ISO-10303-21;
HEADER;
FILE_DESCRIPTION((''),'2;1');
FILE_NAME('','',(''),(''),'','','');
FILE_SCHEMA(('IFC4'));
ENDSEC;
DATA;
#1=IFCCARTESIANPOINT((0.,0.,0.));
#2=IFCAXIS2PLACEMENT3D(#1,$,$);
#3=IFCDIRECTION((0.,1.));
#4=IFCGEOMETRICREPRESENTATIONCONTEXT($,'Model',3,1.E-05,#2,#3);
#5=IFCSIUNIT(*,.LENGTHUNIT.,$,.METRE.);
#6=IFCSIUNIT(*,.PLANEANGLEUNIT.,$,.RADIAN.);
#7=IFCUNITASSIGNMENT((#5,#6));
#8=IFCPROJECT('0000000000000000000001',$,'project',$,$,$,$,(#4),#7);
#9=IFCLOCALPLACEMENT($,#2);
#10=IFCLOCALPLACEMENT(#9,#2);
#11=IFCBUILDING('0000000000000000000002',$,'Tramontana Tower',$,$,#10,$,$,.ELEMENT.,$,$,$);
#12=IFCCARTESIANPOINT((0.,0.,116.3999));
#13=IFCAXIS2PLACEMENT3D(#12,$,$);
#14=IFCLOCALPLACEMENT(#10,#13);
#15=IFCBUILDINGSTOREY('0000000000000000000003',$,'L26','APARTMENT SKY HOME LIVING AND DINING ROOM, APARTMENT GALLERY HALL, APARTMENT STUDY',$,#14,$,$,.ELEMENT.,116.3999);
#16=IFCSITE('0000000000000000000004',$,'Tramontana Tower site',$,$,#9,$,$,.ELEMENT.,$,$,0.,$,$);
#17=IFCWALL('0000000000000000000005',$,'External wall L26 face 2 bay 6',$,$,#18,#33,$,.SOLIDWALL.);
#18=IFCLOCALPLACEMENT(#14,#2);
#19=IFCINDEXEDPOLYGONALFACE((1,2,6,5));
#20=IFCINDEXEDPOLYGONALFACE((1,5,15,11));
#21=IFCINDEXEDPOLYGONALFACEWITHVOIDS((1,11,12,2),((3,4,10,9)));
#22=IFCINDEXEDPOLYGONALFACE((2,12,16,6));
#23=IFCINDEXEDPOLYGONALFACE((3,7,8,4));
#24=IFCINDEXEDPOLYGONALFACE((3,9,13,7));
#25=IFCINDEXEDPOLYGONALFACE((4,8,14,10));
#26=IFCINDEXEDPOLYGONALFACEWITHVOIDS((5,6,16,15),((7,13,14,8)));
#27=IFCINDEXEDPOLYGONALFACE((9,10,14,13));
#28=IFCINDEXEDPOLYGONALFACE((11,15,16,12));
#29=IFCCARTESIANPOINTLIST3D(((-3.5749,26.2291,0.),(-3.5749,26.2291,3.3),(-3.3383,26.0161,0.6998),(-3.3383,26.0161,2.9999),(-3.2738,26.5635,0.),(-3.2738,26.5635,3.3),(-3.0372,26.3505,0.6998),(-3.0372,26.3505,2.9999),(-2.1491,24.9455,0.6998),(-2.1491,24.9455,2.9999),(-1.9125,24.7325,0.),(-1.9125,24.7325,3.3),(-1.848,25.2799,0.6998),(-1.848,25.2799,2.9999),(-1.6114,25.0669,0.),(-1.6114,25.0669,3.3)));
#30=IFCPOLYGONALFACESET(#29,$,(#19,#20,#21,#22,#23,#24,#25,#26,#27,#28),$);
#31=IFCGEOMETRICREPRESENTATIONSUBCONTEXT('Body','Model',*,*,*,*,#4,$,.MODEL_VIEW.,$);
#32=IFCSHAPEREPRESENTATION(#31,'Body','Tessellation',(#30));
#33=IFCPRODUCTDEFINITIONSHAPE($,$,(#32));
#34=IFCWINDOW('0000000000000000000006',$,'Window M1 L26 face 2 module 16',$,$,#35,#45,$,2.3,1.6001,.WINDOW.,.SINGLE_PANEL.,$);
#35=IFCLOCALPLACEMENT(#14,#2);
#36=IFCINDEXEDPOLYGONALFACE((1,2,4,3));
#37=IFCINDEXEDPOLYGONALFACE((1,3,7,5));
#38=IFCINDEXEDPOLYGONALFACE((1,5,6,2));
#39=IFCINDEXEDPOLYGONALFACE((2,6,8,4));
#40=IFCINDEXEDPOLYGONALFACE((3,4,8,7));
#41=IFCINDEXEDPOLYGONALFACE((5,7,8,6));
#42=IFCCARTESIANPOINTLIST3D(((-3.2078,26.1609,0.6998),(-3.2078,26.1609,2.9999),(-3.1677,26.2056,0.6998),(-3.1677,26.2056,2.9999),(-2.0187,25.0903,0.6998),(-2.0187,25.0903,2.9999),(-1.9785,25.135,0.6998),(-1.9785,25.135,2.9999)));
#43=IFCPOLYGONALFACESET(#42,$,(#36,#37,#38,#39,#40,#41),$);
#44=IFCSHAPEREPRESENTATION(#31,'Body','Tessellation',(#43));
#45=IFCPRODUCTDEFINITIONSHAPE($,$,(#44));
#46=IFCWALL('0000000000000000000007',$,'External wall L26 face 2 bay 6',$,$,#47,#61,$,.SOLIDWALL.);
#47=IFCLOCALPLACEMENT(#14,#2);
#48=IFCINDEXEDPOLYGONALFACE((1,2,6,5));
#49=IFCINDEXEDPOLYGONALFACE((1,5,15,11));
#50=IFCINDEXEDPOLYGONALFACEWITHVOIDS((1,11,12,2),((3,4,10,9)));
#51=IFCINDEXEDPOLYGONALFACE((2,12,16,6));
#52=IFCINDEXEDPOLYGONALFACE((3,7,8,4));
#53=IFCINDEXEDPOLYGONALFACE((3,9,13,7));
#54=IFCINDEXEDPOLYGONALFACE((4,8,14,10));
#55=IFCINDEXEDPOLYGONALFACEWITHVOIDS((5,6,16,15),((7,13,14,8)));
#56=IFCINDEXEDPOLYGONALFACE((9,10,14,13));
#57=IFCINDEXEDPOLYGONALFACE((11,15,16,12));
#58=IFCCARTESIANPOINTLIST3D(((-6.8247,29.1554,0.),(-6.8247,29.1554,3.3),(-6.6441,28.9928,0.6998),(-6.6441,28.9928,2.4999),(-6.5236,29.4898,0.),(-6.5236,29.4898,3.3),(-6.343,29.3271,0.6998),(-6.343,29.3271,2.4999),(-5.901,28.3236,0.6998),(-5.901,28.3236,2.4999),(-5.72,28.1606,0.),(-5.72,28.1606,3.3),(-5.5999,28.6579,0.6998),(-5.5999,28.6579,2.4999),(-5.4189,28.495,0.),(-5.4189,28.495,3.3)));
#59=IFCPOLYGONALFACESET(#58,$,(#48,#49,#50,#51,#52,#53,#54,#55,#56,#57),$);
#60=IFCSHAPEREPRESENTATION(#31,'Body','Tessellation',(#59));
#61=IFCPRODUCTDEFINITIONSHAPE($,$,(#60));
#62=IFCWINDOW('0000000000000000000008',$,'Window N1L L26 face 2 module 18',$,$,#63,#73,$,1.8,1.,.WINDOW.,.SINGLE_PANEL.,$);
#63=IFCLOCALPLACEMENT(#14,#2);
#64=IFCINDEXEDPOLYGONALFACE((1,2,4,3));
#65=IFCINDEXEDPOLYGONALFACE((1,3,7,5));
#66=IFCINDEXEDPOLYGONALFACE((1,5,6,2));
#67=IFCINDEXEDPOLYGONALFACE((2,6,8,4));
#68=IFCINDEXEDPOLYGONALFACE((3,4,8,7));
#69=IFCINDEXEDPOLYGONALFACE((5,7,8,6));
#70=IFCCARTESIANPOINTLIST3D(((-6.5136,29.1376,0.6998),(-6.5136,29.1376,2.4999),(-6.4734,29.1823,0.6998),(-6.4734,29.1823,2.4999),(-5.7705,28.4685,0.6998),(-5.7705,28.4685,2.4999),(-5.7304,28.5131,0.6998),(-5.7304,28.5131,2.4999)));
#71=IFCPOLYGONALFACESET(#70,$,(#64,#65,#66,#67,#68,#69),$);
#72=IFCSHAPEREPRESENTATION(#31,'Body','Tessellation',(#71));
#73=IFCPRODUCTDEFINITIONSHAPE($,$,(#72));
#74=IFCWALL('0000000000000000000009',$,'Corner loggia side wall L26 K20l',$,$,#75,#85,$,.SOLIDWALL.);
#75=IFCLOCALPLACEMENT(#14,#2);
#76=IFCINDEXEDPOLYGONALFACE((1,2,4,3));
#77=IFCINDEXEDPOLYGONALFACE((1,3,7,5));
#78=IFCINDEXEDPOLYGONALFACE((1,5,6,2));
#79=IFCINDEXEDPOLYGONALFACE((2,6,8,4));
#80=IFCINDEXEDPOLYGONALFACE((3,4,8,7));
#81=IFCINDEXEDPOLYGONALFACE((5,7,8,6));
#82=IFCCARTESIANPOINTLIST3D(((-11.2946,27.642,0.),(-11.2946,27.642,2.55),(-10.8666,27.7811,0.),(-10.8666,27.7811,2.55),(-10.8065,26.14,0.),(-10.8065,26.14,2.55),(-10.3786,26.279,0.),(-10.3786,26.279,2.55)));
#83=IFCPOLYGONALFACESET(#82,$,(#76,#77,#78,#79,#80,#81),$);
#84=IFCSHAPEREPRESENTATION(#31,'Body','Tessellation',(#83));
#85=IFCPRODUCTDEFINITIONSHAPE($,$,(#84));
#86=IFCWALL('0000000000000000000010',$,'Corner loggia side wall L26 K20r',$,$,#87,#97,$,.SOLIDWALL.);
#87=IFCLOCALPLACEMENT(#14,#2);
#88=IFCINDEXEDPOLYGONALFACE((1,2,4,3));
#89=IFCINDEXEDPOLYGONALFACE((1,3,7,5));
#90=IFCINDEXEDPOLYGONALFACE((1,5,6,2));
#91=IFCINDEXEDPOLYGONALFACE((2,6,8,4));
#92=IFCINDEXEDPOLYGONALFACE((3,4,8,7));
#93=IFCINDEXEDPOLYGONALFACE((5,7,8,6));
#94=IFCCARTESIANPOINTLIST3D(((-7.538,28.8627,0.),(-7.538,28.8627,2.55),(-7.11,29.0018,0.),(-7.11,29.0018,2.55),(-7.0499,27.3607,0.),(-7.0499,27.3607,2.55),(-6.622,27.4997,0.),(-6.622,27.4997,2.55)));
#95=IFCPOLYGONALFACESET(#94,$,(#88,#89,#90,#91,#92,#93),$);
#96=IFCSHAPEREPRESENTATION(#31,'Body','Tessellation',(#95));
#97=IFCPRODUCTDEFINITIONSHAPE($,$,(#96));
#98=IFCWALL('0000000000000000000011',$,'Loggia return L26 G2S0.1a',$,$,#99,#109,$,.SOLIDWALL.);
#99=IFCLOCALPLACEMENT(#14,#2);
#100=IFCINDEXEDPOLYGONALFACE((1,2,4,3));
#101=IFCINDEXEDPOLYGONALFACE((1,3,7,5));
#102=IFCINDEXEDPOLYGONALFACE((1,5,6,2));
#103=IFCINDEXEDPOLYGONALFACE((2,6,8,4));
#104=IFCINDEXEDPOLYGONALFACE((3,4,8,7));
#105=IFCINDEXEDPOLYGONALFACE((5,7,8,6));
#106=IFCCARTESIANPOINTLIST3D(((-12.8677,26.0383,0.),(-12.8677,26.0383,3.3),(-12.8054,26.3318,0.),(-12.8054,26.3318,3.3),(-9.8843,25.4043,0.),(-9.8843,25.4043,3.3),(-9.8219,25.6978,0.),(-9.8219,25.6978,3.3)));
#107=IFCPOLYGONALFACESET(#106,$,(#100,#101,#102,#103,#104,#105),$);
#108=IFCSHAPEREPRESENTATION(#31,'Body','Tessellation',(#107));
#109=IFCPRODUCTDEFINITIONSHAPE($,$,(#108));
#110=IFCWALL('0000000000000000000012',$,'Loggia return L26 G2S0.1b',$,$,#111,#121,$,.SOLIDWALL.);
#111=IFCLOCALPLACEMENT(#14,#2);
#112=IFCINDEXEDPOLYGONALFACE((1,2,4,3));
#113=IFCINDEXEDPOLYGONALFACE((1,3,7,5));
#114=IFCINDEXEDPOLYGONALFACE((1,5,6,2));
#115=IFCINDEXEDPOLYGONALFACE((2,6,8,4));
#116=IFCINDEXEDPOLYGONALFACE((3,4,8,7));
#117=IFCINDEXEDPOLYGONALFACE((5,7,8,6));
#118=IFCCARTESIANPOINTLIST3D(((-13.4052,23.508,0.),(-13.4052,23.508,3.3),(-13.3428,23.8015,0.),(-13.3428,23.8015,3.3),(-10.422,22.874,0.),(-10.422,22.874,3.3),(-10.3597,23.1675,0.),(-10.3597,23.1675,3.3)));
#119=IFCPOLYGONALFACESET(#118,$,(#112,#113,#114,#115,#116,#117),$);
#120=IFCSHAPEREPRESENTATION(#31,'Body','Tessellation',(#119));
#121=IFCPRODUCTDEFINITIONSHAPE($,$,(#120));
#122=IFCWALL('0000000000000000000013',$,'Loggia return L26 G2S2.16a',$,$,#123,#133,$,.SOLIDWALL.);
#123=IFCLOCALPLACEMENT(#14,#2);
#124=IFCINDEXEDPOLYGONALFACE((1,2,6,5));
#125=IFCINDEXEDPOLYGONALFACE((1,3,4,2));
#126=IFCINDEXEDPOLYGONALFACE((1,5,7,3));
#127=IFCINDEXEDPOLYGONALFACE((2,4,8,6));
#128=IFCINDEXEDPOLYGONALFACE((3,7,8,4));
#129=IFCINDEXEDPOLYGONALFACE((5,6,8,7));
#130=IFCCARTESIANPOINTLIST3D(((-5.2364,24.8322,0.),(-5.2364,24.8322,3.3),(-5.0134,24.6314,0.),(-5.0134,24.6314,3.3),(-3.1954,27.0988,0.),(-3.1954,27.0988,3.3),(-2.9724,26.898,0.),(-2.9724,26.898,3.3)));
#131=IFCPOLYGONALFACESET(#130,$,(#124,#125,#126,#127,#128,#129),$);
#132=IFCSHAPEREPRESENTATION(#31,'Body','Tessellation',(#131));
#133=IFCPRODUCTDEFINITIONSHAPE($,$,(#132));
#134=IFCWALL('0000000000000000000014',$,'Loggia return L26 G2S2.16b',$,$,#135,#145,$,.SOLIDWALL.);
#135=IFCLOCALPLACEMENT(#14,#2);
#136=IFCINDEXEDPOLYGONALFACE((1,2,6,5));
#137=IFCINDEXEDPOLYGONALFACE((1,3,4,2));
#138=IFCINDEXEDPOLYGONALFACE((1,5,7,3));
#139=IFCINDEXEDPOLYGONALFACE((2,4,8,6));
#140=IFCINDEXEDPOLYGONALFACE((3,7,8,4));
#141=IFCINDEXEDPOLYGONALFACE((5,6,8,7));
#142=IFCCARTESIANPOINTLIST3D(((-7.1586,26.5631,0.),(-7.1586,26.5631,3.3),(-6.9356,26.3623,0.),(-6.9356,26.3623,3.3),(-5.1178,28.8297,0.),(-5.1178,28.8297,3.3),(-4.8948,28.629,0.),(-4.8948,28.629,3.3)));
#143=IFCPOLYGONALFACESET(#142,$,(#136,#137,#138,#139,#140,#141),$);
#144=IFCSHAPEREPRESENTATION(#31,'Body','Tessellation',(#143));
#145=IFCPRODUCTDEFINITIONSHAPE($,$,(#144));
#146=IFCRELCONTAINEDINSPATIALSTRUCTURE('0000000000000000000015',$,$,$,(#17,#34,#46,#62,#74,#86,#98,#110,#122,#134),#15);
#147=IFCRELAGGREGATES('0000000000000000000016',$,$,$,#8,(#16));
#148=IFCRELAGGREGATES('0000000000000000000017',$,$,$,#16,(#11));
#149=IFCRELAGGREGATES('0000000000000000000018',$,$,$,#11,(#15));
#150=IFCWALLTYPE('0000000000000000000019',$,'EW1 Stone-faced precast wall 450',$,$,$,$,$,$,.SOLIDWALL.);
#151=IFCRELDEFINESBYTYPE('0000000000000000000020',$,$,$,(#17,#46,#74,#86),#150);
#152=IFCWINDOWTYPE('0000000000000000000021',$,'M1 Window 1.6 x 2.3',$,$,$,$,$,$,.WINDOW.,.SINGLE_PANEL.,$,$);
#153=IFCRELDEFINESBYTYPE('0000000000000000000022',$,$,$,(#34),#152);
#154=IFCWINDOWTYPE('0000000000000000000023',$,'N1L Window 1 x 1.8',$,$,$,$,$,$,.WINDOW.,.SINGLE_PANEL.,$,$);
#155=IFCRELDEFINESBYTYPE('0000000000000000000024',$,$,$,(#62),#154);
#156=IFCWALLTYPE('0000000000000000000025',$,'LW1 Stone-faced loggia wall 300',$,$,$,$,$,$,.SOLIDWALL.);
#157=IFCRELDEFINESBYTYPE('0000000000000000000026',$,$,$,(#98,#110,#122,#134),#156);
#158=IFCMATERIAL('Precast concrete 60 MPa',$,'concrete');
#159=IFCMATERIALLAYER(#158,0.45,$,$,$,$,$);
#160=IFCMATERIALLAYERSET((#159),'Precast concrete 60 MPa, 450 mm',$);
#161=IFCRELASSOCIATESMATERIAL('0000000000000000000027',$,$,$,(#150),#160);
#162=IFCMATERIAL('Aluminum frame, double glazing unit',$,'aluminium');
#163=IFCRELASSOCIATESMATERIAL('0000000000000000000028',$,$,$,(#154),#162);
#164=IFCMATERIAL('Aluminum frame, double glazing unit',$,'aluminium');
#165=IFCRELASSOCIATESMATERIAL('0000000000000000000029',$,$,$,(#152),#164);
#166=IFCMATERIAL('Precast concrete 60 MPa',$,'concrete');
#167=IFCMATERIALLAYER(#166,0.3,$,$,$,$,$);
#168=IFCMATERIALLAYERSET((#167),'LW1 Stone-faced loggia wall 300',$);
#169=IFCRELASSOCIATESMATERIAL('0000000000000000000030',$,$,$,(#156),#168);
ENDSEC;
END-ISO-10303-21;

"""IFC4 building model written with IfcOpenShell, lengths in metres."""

from ifc_helpers import new_model, si_unit, direction, frame, frame_2d, origin, place, context, subcontext, project, spatial, rectangle, extrude, material, layer, layer_set, type_object, element, fill, save


model = new_model("IFC4")

# Units and contexts
model_context = context("Model", 3, precision=1e-05, world=origin(), true_north=direction((0.0, 1.0)))
body_context = subcontext(model_context, "Body", "Model", "MODEL_VIEW")
ifc_project = project(units=[si_unit("LENGTHUNIT", "METRE"), si_unit("PLANEANGLEUNIT", "RADIAN")], contexts=[model_context])

# Site, building, storey
site_placement = place(None, origin())
site = spatial("IfcSite", under=ifc_project, at=site_placement, Name="Tramontana Tower site", CompositionType="ELEMENT", RefElevation=0.0)
building_placement = place(site_placement, origin())
building = spatial("IfcBuilding", under=site, at=building_placement, Name="Tramontana Tower", CompositionType="ELEMENT")
storey_placement = place(building_placement, frame((0.0, 0.0, 116.3999)))
storey = spatial("IfcBuildingStorey", under=building, at=storey_placement, Name="L26", Description="APARTMENT SKY HOME LIVING AND DINING ROOM, APARTMENT GALLERY HALL, APARTMENT STUDY", CompositionType="ELEMENT", Elevation=116.3999)

# Walls, openings, windows
ifc_material_1 = material(Name="Precast concrete 60 MPa", Category="concrete")
ifc_layer_1 = layer(ifc_material_1, 0.45)
ifc_layer_set_1 = layer_set([ifc_layer_1], Name="Precast concrete 60 MPa, 450 mm")
wall_type_1 = type_object("IfcWallType", Name="EW1 Stone-faced precast wall 450", PredefinedType="SOLIDWALL", material=ifc_layer_set_1)
ifc_material_2 = material(Name="Aluminum frame, double glazing unit", Category="aluminium")
window_type_1 = type_object("IfcWindowType", Name="N1L Window 1 x 1.8", PartitioningType="SINGLE_PANEL", PredefinedType="WINDOW", material=ifc_material_2)
wall_1_placement = place(storey_placement, frame((-1.762, 24.8997, 0.0), z_axis=(0.0, 0.0, 1.0), x_axis=(-0.743191, 0.669079, 0.0)))
wall_1 = element("IfcWall", 1, at=wall_1_placement, inside=storey, type_object=wall_type_1, Name="External wall L26 face 2 bay 6", PredefinedType="SOLIDWALL", context=body_context, shape_type="SweptSolid", body=[
    extrude(rectangle(XDim=2.2368, YDim=0.45, at=frame_2d((1.1184, 0.0))), origin(), (0.0, 0.0, 1.0), 3.3),
])
opening_1_placement = place(wall_1_placement, frame((0.3184, 0.0, 0.7)))
opening_1 = element("IfcOpeningElement", 2, at=opening_1_placement, cuts=wall_1, PredefinedType="OPENING", context=body_context, shape_type="SweptSolid", body=[
    extrude(rectangle(XDim=1.6001, YDim=2.3, at=frame_2d((0.8, 1.1499))), frame((0.0, 0.2349, 0.0), z_axis=(0.0, -1.0, 0.0), x_axis=(1.0, 0.0, 0.0)), (0.0, 0.0, 1.0), 0.47),
])
ifc_material_3 = material(Name="Aluminum frame, double glazing unit", Category="aluminium")
window_type_2 = type_object("IfcWindowType", Name="M1 Window 1.6 x 2.3", PartitioningType="SINGLE_PANEL", PredefinedType="WINDOW", material=ifc_material_3)
window_1_placement = place(opening_1_placement, origin())
window_1 = element("IfcWindow", 3, at=window_1_placement, inside=storey, type_object=window_type_2, Name="Window M1 L26 face 2 module 16", OverallHeight=2.3, OverallWidth=1.6001, PartitioningType="SINGLE_PANEL", PredefinedType="WINDOW", context=body_context, shape_type="SweptSolid", body=[
    extrude(rectangle(XDim=1.6001, YDim=2.3, at=frame_2d((0.8, 1.1499))), frame((0.0, 0.03, 0.0), z_axis=(0.0, -1.0, 0.0), x_axis=(1.0, 0.0, 0.0)), (0.0, 0.0, 1.0), 0.0601),
])
fill(opening_1, window_1)
wall_2_placement = place(storey_placement, frame((-5.5696, 28.3279, 0.0), z_axis=(0.0, 0.0, 1.0), x_axis=(-0.74309, 0.669192, 0.0)))
wall_2 = element("IfcWall", 4, at=wall_2_placement, inside=storey, type_object=wall_type_1, Name="External wall L26 face 2 bay 6", PredefinedType="SOLIDWALL", context=body_context, shape_type="SweptSolid", body=[
    extrude(rectangle(XDim=1.4866, YDim=0.45, at=frame_2d((0.7432, 0.0))), origin(), (0.0, 0.0, 1.0), 3.3),
])
opening_2_placement = place(wall_2_placement, frame((0.2434, 0.0, 0.7)))
opening_2 = element("IfcOpeningElement", 5, at=opening_2_placement, cuts=wall_2, PredefinedType="OPENING", context=body_context, shape_type="SweptSolid", body=[
    extrude(rectangle(XDim=1.0, YDim=1.8, at=frame_2d((0.5, 0.8999))), frame((0.0, 0.2349, 0.0), z_axis=(0.0, -1.0, 0.0), x_axis=(1.0, 0.0, 0.0)), (0.0, 0.0, 1.0), 0.47),
])
window_2_placement = place(opening_2_placement, origin())
window_2 = element("IfcWindow", 6, at=window_2_placement, inside=storey, type_object=window_type_1, Name="Window N1L L26 face 2 module 18", OverallHeight=1.8, OverallWidth=1.0, PartitioningType="SINGLE_PANEL", PredefinedType="WINDOW", context=body_context, shape_type="SweptSolid", body=[
    extrude(rectangle(XDim=1.0, YDim=1.8, at=frame_2d((0.5, 0.8999))), frame((0.0, 0.03, 0.0), z_axis=(0.0, -1.0, 0.0), x_axis=(1.0, 0.0, 0.0)), (0.0, 0.0, 1.0), 0.0601),
])
fill(opening_2, window_2)

# Walls
for number, where, z_axis, x_axis, name in (
    (7, (-11.0806, 27.7114, 0.0), (0.0, 0.0, 1.0), (0.30903, -0.951052, 0.0), "Corner loggia side wall L26 K20l"),
    (8, (-7.324, 28.9321, 0.0), (0.0, 0.0, 1.0), (0.30903, -0.951052, 0.0), "Corner loggia side wall L26 K20r"),
):
    element("IfcWall", number, at=place(storey_placement, frame(where, z_axis=z_axis, x_axis=x_axis)), inside=storey, type_object=wall_type_1, Name=name, PredefinedType="SOLIDWALL", context=body_context, shape_type="SweptSolid", body=[
        extrude(rectangle(XDim=1.5793, YDim=0.45, at=frame_2d((0.7896, 0.0))), origin(), (0.0, 0.0, 1.0), 2.55),
    ])

# Shared definitions
ifc_material_4 = material(Name="Precast concrete 60 MPa", Category="concrete")
ifc_layer_2 = layer(ifc_material_4, 0.3)
ifc_layer_set_2 = layer_set([ifc_layer_2], Name="LW1 Stone-faced loggia wall 300")
wall_type_2 = type_object("IfcWallType", Name="LW1 Stone-faced loggia wall 300", PredefinedType="SOLIDWALL", material=ifc_layer_set_2)

# Walls
wall_3_placement = place(storey_placement, frame((-12.8364, 26.1851, 0.0), z_axis=(0.0, 0.0, 1.0), x_axis=(0.978155, -0.207878, 0.0)))
element("IfcWall", 9, at=wall_3_placement, inside=storey, type_object=wall_type_2, Name="Loggia return L26 G2S0.1a", PredefinedType="SOLIDWALL", context=body_context, shape_type="SweptSolid", body=[
    extrude(rectangle(XDim=3.05, YDim=0.3, at=frame_2d((1.5249, 0.0))), origin(), (0.0, 0.0, 1.0), 3.3),
])
wall_4_placement = place(storey_placement, frame((-13.374, 23.6548, 0.0), z_axis=(0.0, 0.0, 1.0), x_axis=(0.978151, -0.207894, 0.0)))
element("IfcWall", 10, at=wall_4_placement, inside=storey, type_object=wall_type_2, Name="Loggia return L26 G2S0.1b", PredefinedType="SOLIDWALL", context=body_context, shape_type="SweptSolid", body=[
    extrude(rectangle(XDim=3.0498, YDim=0.3, at=frame_2d((1.5249, 0.0))), origin(), (0.0, 0.0, 1.0), 3.3),
])

# Walls
for number, where, z_axis, x_axis, name in (
    (11, (-3.084, 26.9983, 0.0), (0.0, 0.0, 1.0), (-0.669159, -0.743119, 0.0), "Loggia return L26 G2S2.16a"),
    (12, (-5.0063, 28.7292, 0.0), (0.0, 0.0, 1.0), (-0.669115, -0.743159, 0.0), "Loggia return L26 G2S2.16b"),
):
    element("IfcWall", number, at=place(storey_placement, frame(where, z_axis=z_axis, x_axis=x_axis)), inside=storey, type_object=wall_type_2, Name=name, PredefinedType="SOLIDWALL", context=body_context, shape_type="SweptSolid", body=[
        extrude(rectangle(XDim=3.05, YDim=0.3, at=frame_2d((1.5249, 0.0))), origin(), (0.0, 0.0, 1.0), 3.3),
    ])

save(model, "model.ifc")
